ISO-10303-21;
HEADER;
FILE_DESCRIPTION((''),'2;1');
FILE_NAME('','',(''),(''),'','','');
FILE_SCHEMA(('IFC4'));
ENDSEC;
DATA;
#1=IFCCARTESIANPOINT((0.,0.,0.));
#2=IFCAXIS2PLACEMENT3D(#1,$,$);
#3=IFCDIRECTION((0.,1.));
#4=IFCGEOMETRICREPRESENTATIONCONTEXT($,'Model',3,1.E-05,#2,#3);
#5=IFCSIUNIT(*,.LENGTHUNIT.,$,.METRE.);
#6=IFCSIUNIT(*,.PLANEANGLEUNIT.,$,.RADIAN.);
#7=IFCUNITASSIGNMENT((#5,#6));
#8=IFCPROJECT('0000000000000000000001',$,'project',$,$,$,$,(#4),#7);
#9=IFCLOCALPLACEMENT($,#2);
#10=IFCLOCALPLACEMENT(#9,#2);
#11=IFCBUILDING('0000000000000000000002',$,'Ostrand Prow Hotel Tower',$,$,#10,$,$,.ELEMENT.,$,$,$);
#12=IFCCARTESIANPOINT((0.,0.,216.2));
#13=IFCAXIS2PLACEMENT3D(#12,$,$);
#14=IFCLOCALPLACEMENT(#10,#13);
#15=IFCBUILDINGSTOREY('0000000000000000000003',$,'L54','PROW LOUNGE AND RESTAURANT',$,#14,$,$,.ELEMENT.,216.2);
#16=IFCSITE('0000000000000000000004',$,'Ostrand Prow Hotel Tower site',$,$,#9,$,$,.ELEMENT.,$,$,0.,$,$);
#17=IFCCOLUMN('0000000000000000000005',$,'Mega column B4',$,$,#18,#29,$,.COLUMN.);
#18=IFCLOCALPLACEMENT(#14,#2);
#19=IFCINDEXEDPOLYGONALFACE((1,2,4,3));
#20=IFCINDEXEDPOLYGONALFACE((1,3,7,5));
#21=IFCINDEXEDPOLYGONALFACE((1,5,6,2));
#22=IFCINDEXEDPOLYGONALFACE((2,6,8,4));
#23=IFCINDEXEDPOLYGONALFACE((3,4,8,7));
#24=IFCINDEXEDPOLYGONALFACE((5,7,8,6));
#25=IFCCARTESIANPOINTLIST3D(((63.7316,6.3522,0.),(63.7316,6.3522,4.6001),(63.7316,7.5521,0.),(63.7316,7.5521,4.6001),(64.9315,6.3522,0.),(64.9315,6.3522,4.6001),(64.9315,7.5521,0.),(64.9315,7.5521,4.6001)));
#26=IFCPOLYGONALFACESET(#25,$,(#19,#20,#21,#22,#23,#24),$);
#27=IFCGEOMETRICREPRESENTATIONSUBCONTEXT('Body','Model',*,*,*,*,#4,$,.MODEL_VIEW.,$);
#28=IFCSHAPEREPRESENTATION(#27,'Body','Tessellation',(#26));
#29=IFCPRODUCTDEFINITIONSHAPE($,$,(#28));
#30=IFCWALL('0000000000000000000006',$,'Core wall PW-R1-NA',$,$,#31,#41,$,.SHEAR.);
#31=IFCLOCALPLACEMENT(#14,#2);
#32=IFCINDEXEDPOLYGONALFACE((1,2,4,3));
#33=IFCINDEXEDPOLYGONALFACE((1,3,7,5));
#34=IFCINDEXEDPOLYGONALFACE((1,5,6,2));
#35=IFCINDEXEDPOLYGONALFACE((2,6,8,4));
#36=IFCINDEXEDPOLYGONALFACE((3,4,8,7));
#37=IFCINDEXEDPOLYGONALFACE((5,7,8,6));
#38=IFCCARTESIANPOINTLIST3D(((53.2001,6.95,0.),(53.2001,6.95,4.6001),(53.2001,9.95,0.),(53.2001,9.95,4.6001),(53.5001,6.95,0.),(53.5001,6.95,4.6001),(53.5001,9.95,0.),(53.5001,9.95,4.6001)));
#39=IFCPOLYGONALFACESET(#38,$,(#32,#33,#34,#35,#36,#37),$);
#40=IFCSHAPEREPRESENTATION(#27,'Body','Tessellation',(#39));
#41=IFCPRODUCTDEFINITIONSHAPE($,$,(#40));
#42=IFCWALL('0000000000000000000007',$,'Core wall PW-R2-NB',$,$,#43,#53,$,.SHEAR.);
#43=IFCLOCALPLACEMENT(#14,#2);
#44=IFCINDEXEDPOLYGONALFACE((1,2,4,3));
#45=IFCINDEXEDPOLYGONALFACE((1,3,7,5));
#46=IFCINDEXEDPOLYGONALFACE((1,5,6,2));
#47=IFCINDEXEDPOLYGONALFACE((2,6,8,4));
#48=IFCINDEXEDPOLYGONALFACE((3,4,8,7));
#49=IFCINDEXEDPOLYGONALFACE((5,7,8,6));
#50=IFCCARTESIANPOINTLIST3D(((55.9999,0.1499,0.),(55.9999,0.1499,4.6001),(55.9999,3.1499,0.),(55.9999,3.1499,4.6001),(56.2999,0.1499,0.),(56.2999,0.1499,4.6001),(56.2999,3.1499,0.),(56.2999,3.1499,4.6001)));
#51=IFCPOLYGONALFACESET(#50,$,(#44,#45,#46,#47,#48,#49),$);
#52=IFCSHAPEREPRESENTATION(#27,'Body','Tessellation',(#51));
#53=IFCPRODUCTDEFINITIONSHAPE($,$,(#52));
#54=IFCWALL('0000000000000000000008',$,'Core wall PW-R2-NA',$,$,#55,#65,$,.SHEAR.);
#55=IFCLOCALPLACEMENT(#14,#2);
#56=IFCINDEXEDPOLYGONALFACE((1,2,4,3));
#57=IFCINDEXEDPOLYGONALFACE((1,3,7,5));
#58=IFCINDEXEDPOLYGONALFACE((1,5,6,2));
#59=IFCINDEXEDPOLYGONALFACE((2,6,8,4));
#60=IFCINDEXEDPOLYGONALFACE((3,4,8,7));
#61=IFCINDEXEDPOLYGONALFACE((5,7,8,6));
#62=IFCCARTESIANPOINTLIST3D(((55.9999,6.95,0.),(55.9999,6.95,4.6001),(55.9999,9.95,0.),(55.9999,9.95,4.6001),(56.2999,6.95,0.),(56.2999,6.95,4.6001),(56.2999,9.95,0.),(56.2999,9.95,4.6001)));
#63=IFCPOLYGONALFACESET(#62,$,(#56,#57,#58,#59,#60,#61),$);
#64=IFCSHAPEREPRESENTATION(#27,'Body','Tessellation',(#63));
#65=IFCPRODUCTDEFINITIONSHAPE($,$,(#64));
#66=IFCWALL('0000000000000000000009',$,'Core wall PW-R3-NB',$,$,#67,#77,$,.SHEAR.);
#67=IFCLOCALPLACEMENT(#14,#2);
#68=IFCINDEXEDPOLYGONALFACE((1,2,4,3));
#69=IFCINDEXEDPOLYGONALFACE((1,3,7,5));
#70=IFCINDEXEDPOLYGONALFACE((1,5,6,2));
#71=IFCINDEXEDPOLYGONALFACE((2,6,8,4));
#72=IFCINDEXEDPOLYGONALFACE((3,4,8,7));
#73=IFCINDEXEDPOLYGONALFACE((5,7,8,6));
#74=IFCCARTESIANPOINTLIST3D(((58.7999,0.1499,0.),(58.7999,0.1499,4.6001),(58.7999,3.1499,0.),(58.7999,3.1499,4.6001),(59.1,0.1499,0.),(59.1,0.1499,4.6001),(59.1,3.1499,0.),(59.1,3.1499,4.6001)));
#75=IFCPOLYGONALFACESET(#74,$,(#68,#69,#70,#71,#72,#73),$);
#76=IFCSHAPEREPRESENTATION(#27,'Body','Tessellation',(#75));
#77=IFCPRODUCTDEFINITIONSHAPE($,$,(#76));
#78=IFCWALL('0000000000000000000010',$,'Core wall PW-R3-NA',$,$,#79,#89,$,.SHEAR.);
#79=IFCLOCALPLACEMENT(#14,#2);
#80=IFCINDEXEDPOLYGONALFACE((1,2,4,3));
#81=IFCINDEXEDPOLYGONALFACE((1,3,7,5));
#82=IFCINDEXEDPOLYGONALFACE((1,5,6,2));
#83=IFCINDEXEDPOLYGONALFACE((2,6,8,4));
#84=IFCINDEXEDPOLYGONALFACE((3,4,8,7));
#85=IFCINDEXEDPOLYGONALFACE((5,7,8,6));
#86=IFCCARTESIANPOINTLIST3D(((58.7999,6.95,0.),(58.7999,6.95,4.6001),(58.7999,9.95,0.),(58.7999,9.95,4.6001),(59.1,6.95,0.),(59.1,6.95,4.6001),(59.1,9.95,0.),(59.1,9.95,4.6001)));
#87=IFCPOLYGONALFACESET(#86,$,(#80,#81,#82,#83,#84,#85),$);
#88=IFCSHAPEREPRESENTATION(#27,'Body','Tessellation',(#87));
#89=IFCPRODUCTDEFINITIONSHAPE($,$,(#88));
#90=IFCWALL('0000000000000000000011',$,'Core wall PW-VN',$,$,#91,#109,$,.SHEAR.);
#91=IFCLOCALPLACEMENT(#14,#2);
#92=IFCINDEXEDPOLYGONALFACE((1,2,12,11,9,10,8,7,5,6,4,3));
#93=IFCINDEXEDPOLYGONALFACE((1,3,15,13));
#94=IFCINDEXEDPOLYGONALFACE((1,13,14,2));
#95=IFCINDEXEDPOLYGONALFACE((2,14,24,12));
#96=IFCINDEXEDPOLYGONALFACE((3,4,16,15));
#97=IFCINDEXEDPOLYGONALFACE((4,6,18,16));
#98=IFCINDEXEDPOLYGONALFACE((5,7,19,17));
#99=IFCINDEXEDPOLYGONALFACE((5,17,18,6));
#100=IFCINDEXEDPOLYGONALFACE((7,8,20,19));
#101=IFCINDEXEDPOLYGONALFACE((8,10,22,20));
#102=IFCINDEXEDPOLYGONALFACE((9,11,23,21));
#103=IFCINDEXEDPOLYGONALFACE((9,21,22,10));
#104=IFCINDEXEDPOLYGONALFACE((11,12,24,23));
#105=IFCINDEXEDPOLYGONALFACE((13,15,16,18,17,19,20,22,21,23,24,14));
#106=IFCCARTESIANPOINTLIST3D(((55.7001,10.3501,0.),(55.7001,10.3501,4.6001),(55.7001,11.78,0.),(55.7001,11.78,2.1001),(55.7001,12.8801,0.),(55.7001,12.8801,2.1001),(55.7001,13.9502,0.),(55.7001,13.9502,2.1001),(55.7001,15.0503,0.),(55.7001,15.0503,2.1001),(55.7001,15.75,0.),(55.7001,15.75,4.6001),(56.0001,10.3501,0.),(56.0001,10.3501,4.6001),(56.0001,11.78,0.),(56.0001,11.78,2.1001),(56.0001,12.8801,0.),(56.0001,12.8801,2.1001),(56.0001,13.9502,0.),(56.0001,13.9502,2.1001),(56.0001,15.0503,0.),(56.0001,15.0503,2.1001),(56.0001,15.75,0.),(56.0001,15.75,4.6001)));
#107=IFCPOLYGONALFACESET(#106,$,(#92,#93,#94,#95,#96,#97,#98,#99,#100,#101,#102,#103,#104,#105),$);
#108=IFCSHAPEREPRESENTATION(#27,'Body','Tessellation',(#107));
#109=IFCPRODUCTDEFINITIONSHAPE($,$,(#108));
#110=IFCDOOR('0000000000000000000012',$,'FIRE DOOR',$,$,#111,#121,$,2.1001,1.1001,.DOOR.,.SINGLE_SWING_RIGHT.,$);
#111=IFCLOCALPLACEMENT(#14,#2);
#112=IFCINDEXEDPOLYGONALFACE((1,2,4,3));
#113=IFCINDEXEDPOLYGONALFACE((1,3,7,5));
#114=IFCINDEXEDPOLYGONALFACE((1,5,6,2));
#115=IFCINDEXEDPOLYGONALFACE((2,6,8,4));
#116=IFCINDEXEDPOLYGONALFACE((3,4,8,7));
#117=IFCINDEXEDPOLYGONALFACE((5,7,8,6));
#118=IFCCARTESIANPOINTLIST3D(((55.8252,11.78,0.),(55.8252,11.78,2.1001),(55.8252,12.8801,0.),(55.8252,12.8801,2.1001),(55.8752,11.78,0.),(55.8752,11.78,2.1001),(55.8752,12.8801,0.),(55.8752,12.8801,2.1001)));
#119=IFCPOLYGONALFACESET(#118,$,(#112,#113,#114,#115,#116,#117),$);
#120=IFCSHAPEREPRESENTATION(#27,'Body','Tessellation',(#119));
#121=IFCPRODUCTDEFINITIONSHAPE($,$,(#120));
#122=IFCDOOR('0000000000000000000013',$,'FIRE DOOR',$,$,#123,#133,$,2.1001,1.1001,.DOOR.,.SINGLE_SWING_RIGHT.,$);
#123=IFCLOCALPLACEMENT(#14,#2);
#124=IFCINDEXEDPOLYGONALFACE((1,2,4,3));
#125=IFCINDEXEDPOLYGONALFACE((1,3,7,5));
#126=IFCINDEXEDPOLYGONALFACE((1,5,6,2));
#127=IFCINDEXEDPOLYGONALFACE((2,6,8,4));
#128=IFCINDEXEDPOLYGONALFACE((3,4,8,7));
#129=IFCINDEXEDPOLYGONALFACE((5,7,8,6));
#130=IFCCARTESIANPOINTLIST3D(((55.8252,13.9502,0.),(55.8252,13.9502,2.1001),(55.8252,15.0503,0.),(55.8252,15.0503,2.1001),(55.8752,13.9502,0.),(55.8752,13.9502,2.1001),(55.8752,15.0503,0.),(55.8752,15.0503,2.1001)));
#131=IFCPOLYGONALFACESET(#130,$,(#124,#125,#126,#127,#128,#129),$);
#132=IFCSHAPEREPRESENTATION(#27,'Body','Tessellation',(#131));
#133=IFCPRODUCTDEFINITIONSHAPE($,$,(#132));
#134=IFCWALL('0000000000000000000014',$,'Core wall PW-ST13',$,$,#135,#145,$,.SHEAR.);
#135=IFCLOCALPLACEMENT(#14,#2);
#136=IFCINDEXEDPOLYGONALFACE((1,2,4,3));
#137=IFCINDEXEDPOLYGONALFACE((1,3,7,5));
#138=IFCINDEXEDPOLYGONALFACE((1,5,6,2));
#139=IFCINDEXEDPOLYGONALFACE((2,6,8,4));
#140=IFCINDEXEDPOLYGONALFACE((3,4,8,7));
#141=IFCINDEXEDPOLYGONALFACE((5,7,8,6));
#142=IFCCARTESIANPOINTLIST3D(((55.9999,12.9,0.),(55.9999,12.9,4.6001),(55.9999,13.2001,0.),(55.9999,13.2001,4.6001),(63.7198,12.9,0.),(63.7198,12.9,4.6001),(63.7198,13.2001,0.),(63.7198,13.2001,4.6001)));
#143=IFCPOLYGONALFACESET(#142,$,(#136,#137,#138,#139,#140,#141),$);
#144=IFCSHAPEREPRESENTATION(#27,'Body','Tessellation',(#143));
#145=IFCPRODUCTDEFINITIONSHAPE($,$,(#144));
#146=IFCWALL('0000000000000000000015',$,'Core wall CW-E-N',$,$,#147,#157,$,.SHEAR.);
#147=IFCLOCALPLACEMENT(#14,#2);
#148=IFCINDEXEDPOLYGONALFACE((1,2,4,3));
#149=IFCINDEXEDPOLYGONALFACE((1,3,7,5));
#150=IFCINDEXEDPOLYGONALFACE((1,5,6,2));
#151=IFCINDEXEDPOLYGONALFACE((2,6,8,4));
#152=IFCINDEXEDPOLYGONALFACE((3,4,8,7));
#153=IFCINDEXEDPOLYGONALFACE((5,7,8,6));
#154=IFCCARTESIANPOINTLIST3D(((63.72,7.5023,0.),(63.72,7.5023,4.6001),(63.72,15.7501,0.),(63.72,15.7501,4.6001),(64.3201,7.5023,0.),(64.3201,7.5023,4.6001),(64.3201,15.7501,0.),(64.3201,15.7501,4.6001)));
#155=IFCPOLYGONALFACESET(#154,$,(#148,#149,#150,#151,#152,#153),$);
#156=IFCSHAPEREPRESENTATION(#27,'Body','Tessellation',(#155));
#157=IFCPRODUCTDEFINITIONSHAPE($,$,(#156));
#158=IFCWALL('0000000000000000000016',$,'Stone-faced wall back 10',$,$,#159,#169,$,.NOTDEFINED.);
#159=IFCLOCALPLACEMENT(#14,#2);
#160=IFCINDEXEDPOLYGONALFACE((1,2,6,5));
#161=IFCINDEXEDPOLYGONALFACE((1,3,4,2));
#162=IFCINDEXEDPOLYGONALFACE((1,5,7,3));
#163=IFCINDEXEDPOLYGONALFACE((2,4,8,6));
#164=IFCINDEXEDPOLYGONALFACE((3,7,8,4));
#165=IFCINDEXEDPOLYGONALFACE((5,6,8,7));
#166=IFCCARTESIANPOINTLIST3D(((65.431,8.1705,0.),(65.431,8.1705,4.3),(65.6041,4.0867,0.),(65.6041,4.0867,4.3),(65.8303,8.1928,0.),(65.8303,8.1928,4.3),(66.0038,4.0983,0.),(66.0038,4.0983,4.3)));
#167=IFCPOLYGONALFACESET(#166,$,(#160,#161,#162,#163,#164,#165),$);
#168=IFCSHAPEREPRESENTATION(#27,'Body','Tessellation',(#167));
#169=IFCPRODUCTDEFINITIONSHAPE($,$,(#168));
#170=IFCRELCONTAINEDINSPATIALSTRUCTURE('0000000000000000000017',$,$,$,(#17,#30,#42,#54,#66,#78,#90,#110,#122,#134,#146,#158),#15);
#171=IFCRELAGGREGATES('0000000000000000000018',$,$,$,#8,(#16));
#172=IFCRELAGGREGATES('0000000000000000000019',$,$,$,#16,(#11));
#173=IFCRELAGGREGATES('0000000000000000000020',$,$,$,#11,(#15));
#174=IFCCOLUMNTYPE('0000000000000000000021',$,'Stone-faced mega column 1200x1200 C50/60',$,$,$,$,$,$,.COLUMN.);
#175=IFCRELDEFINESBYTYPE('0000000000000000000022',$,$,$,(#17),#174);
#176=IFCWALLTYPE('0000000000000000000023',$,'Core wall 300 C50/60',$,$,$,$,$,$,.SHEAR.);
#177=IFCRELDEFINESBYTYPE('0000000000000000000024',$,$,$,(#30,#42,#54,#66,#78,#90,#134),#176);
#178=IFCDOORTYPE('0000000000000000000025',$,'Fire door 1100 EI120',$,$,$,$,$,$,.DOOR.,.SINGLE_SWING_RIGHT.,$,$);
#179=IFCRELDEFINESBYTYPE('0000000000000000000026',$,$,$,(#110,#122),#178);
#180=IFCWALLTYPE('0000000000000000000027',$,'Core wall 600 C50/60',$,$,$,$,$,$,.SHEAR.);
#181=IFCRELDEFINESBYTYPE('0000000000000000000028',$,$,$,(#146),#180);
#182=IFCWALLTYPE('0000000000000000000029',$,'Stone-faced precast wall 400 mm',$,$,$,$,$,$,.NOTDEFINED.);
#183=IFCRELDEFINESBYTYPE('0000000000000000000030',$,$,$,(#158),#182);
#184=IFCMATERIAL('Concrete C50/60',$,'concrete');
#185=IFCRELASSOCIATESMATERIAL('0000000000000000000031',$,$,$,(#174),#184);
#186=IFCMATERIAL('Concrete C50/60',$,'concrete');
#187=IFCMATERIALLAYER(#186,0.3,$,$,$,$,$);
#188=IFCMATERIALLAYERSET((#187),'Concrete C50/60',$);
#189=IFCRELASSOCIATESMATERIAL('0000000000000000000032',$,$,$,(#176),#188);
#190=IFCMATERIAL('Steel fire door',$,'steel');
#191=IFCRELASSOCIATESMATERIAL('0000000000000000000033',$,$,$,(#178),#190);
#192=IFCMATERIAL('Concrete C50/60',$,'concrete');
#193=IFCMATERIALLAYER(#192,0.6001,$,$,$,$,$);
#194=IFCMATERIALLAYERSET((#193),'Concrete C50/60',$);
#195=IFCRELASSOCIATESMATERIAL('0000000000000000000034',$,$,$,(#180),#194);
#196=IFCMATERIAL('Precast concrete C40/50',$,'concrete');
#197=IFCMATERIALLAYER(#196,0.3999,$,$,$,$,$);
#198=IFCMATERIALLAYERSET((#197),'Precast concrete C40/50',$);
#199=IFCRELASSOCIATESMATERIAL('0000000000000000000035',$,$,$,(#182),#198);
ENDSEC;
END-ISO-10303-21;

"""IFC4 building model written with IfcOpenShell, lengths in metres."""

from ifc_helpers import new_model, si_unit, direction, frame, frame_2d, origin, origin_2d, place, context, subcontext, project, spatial, polyline, rectangle, outline, extrude, material, layer, layer_set, material_profile, profile_set, type_object, element, fill, save


model = new_model("IFC4")

# Units and contexts
model_context = context("Model", 3, precision=1e-05, world=origin(), true_north=direction((0.0, 1.0)))
body_context = subcontext(model_context, "Body", "Model", "MODEL_VIEW")
ifc_project = project(units=[si_unit("LENGTHUNIT", "METRE"), si_unit("PLANEANGLEUNIT", "RADIAN")], contexts=[model_context])

# Site, building, storey
site_placement = place(None, origin())
site = spatial("IfcSite", under=ifc_project, at=site_placement, Name="Ostrand Prow Hotel Tower site", CompositionType="ELEMENT", RefElevation=0.0)
building_placement = place(site_placement, origin())
building = spatial("IfcBuilding", under=site, at=building_placement, Name="Ostrand Prow Hotel Tower", CompositionType="ELEMENT")
storey_placement = place(building_placement, frame((0.0, 0.0, 216.2)))
storey = spatial("IfcBuildingStorey", under=building, at=storey_placement, Name="L54", Description="PROW LOUNGE AND RESTAURANT", CompositionType="ELEMENT", Elevation=216.2)

# Column
ifc_material_1 = material(Name="Concrete C50/60", Category="concrete")
ifc_material_profile = material_profile(ifc_material_1, rectangle(XDim=1.2, YDim=1.2, at=origin_2d()), Name="RC 1200x1200")
ifc_profile_set = profile_set([ifc_material_profile], Name="Concrete C50/60")
column_type = type_object("IfcColumnType", Name="Stone-faced mega column 1200x1200 C50/60", PredefinedType="COLUMN", material=ifc_profile_set)
column_placement = place(storey_placement, frame((64.3315, 6.9521, 0.0), z_axis=(0.0, 0.0, 1.0), x_axis=(1.0, 0.0, 0.0)))
element("IfcColumn", 1, at=column_placement, inside=storey, type_object=column_type, Name="Mega column B4", PredefinedType="COLUMN", context=body_context, shape_type="SweptSolid", body=[
    extrude(rectangle(XDim=1.2, YDim=1.2, at=origin_2d()), origin(), (0.0, 0.0, 1.0), 4.6001),
])

# Walls
ifc_material_2 = material(Name="Concrete C50/60", Category="concrete")
ifc_layer_1 = layer(ifc_material_2, 0.3)
ifc_layer_set_1 = layer_set([ifc_layer_1], Name="Concrete C50/60")
wall_type_1 = type_object("IfcWallType", Name="Core wall 300 C50/60", PredefinedType="SHEAR", material=ifc_layer_set_1)
for number, where, z_axis, x_axis, name in (
    (2, (53.3501, 6.95, 0.0), (0.0, 0.0, 1.0), (0.0, 1.0, 0.0), "Core wall PW-R1-NA"),
    (3, (56.1499, 0.1499, 0.0), (0.0, 0.0, 1.0), (0.0, 1.0, 0.0), "Core wall PW-R2-NB"),
    (4, (56.1499, 6.95, 0.0), (0.0, 0.0, 1.0), (0.0, 1.0, 0.0), "Core wall PW-R2-NA"),
    (5, (58.95, 0.1499, 0.0), (0.0, 0.0, 1.0), (0.0, 1.0, 0.0), "Core wall PW-R3-NB"),
    (6, (58.95, 6.95, 0.0), (0.0, 0.0, 1.0), (0.0, 1.0, 0.0), "Core wall PW-R3-NA"),
):
    element("IfcWall", number, at=place(storey_placement, frame(where, z_axis=z_axis, x_axis=x_axis)), inside=storey, type_object=wall_type_1, Name=name, PredefinedType="SHEAR", context=body_context, shape_type="SweptSolid", body=[
        extrude(rectangle(XDim=3.0, YDim=0.3, at=frame_2d((1.5, 0.0))), origin(), (0.0, 0.0, 1.0), 4.6001),
    ])

# Wall, openings, doors
wall_1_placement = place(storey_placement, frame((55.8501, 10.3501, 0.0), z_axis=(0.0, 0.0, 1.0), x_axis=(0.0, 1.0, 0.0)))
wall_1 = element("IfcWall", 7, at=wall_1_placement, inside=storey, type_object=wall_type_1, Name="Core wall PW-VN", PredefinedType="SHEAR", context=body_context, shape_type="SweptSolid", body=[
    extrude(rectangle(XDim=5.3999, YDim=0.3, at=frame_2d((2.7, 0.0))), origin(), (0.0, 0.0, 1.0), 4.6001),
])
opening_1_placement = place(wall_1_placement, frame((1.4299, 0.0, 0.0)))
opening_1 = element("IfcOpeningElement", 8, at=opening_1_placement, cuts=wall_1, PredefinedType="OPENING", context=body_context, shape_type="SweptSolid", body=[
    extrude(rectangle(XDim=1.1001, YDim=2.1001, at=frame_2d((0.55, 1.05))), frame((0.0, 0.1599, 0.0), z_axis=(0.0, -1.0, 0.0), x_axis=(1.0, 0.0, 0.0)), (0.0, 0.0, 1.0), 0.3201),
])
opening_2_placement = place(wall_1_placement, frame((3.6001, 0.0, 0.0)))
opening_2 = element("IfcOpeningElement", 9, at=opening_2_placement, cuts=wall_1, PredefinedType="OPENING", context=body_context, shape_type="SweptSolid", body=[
    extrude(rectangle(XDim=1.1001, YDim=2.1001, at=frame_2d((0.55, 1.05))), frame((0.0, 0.1599, 0.0), z_axis=(0.0, -1.0, 0.0), x_axis=(1.0, 0.0, 0.0)), (0.0, 0.0, 1.0), 0.3201),
])
ifc_material_3 = material(Name="Steel fire door", Category="steel")
door_type = type_object("IfcDoorType", Name="Fire door 1100 EI120", OperationType="SINGLE_SWING_RIGHT", PredefinedType="DOOR", material=ifc_material_3)
door_1_placement = place(opening_1_placement, origin())
door_1 = element("IfcDoor", 10, at=door_1_placement, inside=storey, type_object=door_type, Name="FIRE DOOR", OperationType="SINGLE_SWING_RIGHT", OverallHeight=2.1001, OverallWidth=1.1001, PredefinedType="DOOR", context=body_context, shape_type="SweptSolid", body=[
    extrude(rectangle(XDim=1.1001, YDim=2.1001, at=frame_2d((0.55, 1.05))), frame((0.0, 0.0249, 0.0), z_axis=(0.0, -1.0, 0.0), x_axis=(1.0, 0.0, 0.0)), (0.0, 0.0, 1.0), 0.05),
])
fill(opening_1, door_1)
door_2_placement = place(opening_2_placement, origin())
door_2 = element("IfcDoor", 11, at=door_2_placement, inside=storey, type_object=door_type, Name="FIRE DOOR", OperationType="SINGLE_SWING_RIGHT", OverallHeight=2.1001, OverallWidth=1.1001, PredefinedType="DOOR", context=body_context, shape_type="SweptSolid", body=[
    extrude(rectangle(XDim=1.1001, YDim=2.1001, at=frame_2d((0.55, 1.05))), frame((0.0, 0.0249, 0.0), z_axis=(0.0, -1.0, 0.0), x_axis=(1.0, 0.0, 0.0)), (0.0, 0.0, 1.0), 0.05),
])
fill(opening_2, door_2)

# Walls
wall_2_placement = place(storey_placement, frame((56.0, 13.05, 0.0), z_axis=(0.0, 0.0, 1.0), x_axis=(1.0, 0.0, 0.0)))
element("IfcWall", 12, at=wall_2_placement, inside=storey, type_object=wall_type_1, Name="Core wall PW-ST13", PredefinedType="SHEAR", context=body_context, shape_type="SweptSolid", body=[
    extrude(rectangle(XDim=7.72, YDim=0.3, at=frame_2d((3.8599, 0.0))), origin(), (0.0, 0.0, 1.0), 4.6001),
])
ifc_material_4 = material(Name="Concrete C50/60", Category="concrete")
ifc_layer_2 = layer(ifc_material_4, 0.6001)
ifc_layer_set_2 = layer_set([ifc_layer_2], Name="Concrete C50/60")
wall_type_2 = type_object("IfcWallType", Name="Core wall 600 C50/60", PredefinedType="SHEAR", material=ifc_layer_set_2)
wall_3_placement = place(storey_placement, frame((64.02, 7.5022, 0.0), z_axis=(0.0, 0.0, 1.0), x_axis=(0.0, 1.0, 0.0)))
element("IfcWall", 13, at=wall_3_placement, inside=storey, type_object=wall_type_2, Name="Core wall CW-E-N", PredefinedType="SHEAR", context=body_context, shape_type="SweptSolid", body=[
    extrude(rectangle(XDim=8.2478, YDim=0.6001, at=frame_2d((4.124, 0.0))), origin(), (0.0, 0.0, 1.0), 4.6001),
])
ifc_material_5 = material(Name="Precast concrete C40/50", Category="concrete")
ifc_layer_3 = layer(ifc_material_5, 0.3999)
ifc_layer_set_3 = layer_set([ifc_layer_3], Name="Precast concrete C40/50")
wall_type_3 = type_object("IfcWallType", Name="Stone-faced precast wall 400 mm", PredefinedType="NOTDEFINED", material=ifc_layer_set_3)
wall_4_placement = place(storey_placement, frame((65.804, 4.0925, 0.0), z_axis=(0.0, 0.0, 1.0), x_axis=(-0.042353, 0.999103, 0.0)))
element("IfcWall", 14, at=wall_4_placement, inside=storey, type_object=wall_type_3, Name="Stone-faced wall back 10", PredefinedType="NOTDEFINED", context=body_context, shape_type="SweptSolid", body=[
    extrude(outline(polyline([(-0.0027, -0.2), (4.0955, -0.2), (4.0901, 0.2), (0.0027, 0.2), (-0.0027, -0.2)])), origin(), (0.0, 0.0, 1.0), 4.3),
])

save(model, "model.ifc")
